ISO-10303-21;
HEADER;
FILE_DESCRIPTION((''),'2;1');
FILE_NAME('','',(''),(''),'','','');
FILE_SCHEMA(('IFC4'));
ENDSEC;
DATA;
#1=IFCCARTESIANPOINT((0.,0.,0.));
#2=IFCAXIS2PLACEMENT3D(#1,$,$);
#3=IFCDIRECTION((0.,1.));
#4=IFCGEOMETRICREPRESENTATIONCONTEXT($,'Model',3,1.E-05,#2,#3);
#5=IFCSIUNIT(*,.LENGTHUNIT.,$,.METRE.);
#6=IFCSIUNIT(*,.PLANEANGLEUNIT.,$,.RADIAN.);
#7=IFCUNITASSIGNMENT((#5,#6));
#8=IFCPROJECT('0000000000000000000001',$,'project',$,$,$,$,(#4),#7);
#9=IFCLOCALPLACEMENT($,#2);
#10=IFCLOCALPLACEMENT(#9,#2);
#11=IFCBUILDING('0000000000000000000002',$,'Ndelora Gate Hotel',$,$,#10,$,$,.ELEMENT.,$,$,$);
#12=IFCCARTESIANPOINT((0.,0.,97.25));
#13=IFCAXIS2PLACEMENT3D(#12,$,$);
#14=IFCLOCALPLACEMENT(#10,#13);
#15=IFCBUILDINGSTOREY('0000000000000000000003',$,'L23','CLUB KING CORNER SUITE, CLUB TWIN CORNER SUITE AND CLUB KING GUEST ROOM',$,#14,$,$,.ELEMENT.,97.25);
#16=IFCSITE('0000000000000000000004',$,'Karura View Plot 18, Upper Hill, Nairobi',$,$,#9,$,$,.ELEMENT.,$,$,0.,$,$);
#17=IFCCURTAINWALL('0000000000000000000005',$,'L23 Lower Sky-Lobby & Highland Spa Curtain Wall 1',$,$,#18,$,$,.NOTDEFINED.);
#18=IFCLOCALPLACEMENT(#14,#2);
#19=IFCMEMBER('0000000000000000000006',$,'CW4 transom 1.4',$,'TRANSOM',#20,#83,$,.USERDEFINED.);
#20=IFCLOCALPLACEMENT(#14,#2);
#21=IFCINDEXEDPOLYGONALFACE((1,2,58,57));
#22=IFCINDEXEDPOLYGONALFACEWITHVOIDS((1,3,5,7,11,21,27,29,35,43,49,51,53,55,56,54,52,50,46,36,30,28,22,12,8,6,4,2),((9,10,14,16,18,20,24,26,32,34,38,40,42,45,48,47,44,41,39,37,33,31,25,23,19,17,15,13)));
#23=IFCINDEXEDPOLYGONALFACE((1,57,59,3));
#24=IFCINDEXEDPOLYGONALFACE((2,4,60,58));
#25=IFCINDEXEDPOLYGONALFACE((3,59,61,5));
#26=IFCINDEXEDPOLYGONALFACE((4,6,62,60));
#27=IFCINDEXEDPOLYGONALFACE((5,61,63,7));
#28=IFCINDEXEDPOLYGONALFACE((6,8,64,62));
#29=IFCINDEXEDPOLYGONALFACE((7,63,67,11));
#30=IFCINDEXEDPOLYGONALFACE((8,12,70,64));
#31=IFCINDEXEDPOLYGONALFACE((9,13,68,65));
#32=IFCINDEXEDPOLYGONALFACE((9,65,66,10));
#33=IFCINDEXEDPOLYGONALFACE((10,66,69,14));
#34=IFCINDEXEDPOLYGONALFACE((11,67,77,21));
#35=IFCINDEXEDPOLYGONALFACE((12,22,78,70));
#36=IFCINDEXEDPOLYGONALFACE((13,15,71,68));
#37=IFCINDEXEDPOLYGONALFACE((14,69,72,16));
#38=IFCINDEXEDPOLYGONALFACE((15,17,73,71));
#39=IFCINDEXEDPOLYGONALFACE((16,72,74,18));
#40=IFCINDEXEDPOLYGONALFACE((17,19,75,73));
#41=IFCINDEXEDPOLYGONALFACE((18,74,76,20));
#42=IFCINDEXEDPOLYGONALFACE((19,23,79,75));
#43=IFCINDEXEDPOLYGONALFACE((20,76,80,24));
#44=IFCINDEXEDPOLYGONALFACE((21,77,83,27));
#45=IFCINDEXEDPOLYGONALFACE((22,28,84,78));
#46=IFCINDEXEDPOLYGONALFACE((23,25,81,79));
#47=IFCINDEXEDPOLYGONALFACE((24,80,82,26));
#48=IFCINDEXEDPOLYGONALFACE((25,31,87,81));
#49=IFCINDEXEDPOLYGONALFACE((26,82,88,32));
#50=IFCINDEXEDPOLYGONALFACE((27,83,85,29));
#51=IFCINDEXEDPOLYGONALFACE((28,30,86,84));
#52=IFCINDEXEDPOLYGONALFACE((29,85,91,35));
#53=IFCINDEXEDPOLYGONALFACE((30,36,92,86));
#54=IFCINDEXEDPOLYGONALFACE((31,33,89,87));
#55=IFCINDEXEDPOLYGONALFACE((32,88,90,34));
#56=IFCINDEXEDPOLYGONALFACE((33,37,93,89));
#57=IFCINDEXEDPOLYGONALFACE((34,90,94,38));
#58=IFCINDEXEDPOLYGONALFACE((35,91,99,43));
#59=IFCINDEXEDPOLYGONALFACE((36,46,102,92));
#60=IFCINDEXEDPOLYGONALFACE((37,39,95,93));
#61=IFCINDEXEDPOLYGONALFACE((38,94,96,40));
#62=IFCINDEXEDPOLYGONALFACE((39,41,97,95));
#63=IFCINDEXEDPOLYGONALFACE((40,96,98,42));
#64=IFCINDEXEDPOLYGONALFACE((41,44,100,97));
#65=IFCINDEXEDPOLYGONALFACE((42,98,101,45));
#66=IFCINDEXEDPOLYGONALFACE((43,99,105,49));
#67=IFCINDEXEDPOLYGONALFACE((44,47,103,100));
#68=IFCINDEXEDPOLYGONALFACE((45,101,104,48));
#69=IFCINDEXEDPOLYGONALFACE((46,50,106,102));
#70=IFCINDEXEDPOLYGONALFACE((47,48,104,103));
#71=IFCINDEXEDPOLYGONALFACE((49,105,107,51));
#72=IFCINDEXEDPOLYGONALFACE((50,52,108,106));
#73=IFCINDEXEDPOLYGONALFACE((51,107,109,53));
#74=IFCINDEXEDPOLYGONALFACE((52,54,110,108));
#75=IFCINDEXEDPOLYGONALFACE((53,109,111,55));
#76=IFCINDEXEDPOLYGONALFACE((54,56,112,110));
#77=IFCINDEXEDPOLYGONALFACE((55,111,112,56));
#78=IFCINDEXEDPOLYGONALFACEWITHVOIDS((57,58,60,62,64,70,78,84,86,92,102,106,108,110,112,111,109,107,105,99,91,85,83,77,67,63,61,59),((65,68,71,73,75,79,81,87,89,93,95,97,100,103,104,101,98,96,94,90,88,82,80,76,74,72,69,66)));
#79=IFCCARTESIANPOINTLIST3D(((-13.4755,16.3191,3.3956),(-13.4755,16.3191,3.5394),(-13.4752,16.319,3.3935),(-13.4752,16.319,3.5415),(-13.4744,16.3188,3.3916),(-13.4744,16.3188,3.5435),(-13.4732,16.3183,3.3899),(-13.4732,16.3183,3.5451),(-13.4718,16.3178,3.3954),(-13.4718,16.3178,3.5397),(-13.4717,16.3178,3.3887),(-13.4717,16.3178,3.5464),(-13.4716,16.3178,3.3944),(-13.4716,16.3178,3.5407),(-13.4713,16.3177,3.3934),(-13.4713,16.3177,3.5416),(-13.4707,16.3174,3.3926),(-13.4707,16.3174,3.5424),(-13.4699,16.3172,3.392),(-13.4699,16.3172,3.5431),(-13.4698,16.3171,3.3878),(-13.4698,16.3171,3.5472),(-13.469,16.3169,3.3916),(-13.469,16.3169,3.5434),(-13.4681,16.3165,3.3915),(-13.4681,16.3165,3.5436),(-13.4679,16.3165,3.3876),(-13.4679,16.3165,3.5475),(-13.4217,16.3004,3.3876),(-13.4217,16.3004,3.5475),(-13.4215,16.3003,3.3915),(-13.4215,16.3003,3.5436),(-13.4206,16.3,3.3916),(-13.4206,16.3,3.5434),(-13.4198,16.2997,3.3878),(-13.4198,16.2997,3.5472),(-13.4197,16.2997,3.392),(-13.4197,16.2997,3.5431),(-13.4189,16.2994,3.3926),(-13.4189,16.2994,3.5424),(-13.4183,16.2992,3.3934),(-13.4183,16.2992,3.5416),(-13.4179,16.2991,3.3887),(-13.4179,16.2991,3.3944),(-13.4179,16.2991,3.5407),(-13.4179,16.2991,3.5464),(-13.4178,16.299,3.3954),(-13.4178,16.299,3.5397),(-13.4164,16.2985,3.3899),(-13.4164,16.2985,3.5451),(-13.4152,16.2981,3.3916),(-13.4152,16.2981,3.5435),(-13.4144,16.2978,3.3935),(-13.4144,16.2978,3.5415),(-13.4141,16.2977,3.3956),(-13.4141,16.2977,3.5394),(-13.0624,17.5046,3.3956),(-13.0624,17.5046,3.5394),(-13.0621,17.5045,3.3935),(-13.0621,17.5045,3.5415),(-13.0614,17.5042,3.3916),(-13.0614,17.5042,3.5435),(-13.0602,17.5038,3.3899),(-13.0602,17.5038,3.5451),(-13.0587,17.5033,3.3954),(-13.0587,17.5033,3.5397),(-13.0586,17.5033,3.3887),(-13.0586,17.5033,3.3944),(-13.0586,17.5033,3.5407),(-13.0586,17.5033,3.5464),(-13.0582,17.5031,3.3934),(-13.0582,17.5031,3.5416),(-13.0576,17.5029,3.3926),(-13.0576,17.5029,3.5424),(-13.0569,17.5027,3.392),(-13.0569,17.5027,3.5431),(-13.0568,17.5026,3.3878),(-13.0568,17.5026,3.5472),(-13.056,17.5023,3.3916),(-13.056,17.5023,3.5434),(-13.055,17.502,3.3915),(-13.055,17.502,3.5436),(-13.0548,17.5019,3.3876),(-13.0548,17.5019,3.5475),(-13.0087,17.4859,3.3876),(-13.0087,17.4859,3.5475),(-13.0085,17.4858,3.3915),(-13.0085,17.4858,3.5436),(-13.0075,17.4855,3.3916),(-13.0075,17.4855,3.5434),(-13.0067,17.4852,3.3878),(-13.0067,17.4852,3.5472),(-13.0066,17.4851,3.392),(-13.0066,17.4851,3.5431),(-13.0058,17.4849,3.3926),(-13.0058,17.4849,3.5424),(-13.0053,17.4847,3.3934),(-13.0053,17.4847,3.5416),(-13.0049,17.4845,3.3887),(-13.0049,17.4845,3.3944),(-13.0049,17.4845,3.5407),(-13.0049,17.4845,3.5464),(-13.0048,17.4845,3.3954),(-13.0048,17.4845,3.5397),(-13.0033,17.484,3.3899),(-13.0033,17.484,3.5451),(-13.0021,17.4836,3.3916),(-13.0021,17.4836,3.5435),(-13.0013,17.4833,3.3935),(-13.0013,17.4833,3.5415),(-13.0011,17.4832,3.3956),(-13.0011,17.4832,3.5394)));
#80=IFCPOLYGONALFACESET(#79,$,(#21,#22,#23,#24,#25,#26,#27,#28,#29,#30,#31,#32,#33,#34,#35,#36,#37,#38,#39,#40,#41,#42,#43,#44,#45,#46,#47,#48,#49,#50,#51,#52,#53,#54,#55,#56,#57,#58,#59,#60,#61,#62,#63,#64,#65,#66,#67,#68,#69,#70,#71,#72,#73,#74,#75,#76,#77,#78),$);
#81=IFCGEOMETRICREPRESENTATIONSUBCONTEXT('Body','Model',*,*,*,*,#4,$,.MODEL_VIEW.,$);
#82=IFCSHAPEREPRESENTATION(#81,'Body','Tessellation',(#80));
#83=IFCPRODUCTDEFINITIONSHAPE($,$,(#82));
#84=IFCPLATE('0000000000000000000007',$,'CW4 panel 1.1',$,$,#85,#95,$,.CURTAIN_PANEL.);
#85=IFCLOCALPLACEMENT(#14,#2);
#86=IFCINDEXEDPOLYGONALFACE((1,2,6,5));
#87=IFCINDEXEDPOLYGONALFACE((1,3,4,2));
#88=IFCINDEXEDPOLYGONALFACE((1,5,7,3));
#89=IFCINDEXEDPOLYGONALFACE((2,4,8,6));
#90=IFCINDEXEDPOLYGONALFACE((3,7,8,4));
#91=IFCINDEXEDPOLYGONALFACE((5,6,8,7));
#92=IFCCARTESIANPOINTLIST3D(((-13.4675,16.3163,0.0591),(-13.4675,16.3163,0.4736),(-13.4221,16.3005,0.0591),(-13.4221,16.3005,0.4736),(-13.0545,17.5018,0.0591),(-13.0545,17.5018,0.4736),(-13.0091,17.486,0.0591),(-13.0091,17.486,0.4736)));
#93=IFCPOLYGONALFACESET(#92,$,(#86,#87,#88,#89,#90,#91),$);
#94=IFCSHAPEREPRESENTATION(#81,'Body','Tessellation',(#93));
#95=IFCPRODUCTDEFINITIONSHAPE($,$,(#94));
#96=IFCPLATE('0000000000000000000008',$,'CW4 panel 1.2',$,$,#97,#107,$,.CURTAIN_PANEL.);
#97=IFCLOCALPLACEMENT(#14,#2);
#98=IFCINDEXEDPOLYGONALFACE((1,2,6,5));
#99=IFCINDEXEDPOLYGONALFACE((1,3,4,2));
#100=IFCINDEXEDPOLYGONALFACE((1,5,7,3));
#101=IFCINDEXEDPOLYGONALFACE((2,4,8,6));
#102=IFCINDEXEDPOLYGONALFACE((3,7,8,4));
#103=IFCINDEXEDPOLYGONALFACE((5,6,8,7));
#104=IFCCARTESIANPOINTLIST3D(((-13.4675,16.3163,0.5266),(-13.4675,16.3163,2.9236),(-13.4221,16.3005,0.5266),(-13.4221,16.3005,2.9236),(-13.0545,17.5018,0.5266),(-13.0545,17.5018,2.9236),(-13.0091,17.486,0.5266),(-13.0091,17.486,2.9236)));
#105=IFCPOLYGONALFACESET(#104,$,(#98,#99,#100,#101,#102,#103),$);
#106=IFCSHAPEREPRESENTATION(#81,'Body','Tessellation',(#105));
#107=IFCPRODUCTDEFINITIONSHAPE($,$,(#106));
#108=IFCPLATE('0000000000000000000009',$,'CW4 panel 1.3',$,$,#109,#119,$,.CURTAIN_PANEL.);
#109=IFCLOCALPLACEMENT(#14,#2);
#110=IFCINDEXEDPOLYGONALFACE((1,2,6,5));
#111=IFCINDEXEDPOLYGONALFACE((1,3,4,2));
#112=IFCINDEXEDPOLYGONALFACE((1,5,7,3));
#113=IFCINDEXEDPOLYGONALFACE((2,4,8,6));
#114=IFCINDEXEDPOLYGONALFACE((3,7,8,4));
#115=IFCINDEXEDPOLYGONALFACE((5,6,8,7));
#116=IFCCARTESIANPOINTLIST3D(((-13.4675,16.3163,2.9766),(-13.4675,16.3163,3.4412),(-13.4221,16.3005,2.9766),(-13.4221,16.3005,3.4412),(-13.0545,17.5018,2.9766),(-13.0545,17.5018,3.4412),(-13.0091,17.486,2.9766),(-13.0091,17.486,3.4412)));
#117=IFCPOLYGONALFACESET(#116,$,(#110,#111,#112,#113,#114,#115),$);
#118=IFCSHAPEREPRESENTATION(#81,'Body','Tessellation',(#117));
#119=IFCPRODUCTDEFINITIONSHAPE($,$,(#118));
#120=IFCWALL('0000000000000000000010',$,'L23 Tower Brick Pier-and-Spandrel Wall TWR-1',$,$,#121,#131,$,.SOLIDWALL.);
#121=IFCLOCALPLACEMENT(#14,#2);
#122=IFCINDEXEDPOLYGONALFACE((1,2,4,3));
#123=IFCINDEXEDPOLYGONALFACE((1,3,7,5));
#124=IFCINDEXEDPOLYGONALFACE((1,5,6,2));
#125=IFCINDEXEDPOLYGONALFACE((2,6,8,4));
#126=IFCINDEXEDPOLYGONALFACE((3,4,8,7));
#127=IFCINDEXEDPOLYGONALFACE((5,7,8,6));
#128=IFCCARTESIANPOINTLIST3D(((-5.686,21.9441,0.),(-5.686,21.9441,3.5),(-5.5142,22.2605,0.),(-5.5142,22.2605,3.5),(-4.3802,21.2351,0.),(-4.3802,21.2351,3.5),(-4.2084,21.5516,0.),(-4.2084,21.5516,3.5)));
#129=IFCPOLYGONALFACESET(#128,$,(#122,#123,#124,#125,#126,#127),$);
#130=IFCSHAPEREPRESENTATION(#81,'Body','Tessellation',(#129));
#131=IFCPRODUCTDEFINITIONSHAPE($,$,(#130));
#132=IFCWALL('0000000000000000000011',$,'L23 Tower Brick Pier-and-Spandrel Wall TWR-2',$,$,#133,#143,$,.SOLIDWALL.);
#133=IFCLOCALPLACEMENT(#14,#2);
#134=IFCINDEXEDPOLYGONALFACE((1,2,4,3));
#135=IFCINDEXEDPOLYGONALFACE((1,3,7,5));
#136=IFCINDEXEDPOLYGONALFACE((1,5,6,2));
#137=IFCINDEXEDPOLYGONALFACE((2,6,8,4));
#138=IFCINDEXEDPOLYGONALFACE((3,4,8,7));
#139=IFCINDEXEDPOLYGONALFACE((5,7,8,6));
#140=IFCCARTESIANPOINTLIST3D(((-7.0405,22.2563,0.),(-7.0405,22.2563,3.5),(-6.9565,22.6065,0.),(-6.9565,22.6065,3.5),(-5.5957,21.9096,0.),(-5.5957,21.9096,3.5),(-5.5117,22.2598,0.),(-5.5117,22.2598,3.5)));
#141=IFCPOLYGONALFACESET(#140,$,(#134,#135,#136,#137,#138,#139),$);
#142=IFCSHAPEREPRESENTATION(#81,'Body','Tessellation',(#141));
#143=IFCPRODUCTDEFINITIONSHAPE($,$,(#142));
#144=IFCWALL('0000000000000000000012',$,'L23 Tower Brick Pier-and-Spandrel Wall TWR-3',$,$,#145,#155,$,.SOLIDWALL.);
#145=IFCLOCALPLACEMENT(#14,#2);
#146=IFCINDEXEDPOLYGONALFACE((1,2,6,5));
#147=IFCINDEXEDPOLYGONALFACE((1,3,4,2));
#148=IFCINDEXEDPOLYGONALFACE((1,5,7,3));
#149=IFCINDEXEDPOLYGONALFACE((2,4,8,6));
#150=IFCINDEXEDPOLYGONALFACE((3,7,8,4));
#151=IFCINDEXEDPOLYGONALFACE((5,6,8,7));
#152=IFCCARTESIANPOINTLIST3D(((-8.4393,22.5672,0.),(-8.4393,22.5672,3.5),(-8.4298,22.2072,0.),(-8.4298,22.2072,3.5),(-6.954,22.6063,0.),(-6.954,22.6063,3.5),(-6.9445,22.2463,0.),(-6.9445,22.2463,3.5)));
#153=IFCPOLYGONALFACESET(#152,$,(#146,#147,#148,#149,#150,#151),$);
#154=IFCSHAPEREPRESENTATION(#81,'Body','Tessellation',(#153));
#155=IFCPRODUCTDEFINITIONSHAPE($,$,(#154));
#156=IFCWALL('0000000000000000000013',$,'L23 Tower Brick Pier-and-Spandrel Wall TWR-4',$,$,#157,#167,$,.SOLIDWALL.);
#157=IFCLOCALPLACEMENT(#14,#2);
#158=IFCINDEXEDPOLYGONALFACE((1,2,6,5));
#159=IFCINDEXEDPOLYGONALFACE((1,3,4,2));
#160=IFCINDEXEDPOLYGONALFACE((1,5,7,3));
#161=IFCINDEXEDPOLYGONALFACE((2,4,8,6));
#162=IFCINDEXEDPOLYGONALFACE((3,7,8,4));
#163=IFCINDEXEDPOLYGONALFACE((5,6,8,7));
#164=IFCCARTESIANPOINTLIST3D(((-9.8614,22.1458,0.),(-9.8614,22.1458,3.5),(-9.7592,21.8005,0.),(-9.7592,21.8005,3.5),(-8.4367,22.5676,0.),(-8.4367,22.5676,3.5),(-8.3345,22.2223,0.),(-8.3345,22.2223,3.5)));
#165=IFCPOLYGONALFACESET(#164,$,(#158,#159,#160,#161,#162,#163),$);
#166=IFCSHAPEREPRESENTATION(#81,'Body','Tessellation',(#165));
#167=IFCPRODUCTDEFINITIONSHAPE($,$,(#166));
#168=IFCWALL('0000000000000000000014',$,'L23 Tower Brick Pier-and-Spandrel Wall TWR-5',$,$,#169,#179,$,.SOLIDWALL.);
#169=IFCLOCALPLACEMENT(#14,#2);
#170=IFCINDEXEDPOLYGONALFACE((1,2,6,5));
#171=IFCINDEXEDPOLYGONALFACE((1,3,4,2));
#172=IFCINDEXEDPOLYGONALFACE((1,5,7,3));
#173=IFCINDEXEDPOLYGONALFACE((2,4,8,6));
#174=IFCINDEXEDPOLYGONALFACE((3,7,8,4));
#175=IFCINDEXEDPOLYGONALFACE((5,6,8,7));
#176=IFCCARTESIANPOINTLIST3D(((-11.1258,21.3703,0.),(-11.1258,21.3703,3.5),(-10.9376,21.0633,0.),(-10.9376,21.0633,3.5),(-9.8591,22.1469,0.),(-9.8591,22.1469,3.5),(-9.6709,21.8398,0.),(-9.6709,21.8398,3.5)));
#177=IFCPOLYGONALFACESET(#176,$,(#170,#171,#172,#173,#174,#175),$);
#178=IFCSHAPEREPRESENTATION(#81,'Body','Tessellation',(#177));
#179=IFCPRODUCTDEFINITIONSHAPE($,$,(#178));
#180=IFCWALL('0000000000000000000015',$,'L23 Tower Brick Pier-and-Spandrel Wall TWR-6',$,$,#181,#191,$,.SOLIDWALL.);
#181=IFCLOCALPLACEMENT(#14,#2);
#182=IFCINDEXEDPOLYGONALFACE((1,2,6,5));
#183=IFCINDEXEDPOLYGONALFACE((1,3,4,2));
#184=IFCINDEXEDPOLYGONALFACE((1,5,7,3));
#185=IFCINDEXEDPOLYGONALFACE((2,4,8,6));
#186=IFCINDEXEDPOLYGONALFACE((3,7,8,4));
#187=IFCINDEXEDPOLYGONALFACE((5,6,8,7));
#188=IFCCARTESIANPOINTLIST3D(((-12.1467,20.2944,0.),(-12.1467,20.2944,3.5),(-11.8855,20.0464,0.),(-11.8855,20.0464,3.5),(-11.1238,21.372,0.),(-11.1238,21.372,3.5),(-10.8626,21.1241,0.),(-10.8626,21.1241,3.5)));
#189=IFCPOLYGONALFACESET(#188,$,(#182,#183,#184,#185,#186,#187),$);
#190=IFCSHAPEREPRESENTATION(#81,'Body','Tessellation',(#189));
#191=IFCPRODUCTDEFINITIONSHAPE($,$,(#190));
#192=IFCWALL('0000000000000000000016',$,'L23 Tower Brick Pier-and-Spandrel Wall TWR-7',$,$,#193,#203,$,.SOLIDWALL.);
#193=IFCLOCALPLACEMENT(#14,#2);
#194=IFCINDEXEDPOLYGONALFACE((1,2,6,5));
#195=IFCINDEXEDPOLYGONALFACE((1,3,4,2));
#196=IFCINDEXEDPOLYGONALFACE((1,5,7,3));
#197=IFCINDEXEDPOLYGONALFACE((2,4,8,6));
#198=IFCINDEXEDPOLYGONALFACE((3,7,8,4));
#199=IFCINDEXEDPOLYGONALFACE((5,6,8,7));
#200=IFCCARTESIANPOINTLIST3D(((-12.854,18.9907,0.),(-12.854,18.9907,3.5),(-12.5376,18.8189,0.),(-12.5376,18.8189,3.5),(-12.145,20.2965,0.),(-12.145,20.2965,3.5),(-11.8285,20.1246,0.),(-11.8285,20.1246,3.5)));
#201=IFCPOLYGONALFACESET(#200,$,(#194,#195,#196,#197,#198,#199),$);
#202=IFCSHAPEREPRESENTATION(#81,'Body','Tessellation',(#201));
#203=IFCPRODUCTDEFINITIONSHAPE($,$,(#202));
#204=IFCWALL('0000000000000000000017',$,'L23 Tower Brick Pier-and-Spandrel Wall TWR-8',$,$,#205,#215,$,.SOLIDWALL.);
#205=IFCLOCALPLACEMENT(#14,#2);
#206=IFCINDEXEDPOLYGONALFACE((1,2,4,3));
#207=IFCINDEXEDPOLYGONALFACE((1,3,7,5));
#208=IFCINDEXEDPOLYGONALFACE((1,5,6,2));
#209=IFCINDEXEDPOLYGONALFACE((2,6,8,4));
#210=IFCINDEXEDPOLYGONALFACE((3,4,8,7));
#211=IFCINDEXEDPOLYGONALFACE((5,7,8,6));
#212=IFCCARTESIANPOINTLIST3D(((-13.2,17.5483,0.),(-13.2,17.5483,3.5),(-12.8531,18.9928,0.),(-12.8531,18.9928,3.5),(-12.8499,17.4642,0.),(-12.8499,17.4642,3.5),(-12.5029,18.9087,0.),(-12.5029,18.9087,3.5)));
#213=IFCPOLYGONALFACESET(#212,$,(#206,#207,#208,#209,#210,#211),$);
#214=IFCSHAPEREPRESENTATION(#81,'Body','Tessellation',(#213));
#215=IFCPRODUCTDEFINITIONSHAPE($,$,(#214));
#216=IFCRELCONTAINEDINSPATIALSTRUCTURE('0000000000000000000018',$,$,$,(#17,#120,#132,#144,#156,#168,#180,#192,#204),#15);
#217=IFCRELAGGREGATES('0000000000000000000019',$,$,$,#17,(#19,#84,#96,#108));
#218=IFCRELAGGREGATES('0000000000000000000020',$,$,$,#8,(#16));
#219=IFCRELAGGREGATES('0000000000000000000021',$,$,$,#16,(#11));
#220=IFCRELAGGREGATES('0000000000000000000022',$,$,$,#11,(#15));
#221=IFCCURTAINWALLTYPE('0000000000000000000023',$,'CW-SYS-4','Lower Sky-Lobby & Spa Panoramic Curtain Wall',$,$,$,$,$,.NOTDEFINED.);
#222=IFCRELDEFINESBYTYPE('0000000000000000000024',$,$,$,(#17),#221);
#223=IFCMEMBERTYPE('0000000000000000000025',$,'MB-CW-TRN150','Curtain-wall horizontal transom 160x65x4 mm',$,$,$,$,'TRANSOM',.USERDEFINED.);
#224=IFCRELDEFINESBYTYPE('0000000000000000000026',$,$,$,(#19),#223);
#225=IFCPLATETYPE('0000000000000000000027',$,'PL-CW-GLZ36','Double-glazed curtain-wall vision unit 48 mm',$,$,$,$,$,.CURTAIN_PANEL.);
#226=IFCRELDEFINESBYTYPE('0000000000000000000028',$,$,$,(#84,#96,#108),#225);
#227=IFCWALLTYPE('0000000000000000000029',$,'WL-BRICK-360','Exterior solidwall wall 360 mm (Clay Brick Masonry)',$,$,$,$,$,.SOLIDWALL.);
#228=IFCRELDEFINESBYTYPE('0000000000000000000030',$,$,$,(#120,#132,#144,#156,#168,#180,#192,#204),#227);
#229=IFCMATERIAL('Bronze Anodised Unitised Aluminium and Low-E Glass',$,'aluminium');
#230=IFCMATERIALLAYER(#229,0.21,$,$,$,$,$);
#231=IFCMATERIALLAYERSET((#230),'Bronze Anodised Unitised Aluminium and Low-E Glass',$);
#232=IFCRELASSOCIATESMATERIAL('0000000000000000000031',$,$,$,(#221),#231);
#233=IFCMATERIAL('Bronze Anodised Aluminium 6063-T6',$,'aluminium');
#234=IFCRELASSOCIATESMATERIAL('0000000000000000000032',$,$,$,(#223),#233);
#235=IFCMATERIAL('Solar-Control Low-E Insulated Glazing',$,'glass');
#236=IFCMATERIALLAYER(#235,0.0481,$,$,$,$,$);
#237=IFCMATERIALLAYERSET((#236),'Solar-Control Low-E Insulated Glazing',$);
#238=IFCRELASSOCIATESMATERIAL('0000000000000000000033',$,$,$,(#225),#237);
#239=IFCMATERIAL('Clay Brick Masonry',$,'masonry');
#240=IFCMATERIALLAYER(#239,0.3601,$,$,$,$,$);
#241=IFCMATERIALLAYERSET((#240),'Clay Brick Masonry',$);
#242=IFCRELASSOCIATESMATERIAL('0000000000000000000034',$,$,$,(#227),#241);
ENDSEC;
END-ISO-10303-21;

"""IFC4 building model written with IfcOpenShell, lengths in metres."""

from ifc_helpers import new_model, si_unit, direction, frame, frame_2d, origin, origin_2d, place, context, subcontext, project, spatial, rectangle, hollow_rectangle, extrude, material, layer, layer_set, material_profile, profile_set, type_object, element, aggregate, save


model = new_model("IFC4")

# Units and contexts
model_context = context("Model", 3, precision=1e-05, world=origin(), true_north=direction((0.0, 1.0)))
body_context = subcontext(model_context, "Body", "Model", "MODEL_VIEW")
ifc_project = project(units=[si_unit("LENGTHUNIT", "METRE"), si_unit("PLANEANGLEUNIT", "RADIAN")], contexts=[model_context])

# Site, building, storey
site_placement = place(None, origin())
site = spatial("IfcSite", under=ifc_project, at=site_placement, Name="Karura View Plot 18, Upper Hill, Nairobi", CompositionType="ELEMENT", RefElevation=0.0)
building_placement = place(site_placement, origin())
building = spatial("IfcBuilding", under=site, at=building_placement, Name="Ndelora Gate Hotel", CompositionType="ELEMENT")
storey_placement = place(building_placement, frame((0.0, 0.0, 97.25)))
storey = spatial("IfcBuildingStorey", under=building, at=storey_placement, Name="L23", Description="CLUB KING CORNER SUITE, CLUB TWIN CORNER SUITE AND CLUB KING GUEST ROOM", CompositionType="ELEMENT", Elevation=97.25)

# Curtain wall, member, plates
ifc_material_1 = material(Name="Bronze Anodised Unitised Aluminium and Low-E Glass", Category="aluminium")
ifc_layer_1 = layer(ifc_material_1, 0.21)
ifc_layer_set_1 = layer_set([ifc_layer_1], Name="Bronze Anodised Unitised Aluminium and Low-E Glass")
curtain_wall_type = type_object("IfcCurtainWallType", Name="CW-SYS-4", Description="Lower Sky-Lobby & Spa Panoramic Curtain Wall", PredefinedType="NOTDEFINED", material=ifc_layer_set_1)
curtain_wall_placement = place(storey_placement, origin())
curtain_wall = element("IfcCurtainWall", 1, at=curtain_wall_placement, inside=storey, type_object=curtain_wall_type, Name="L23 Lower Sky-Lobby & Highland Spa Curtain Wall 1", PredefinedType="NOTDEFINED")
ifc_material_2 = material(Name="Bronze Anodised Aluminium 6063-T6", Category="aluminium")
ifc_material_profile_1 = material_profile(ifc_material_2, hollow_rectangle(XDim=0.0649, YDim=0.1599, WallThickness=0.0039, InnerFilletRadius=0.0039, OuterFilletRadius=0.0081, at=origin_2d()), Name="ALU 160x65x4")
ifc_profile_set_1 = profile_set([ifc_material_profile_1], Name="Bronze Anodised Aluminium 6063-T6")
member_type_1 = type_object("IfcMemberType", Name="MB-CW-TRN150", Description="Curtain-wall horizontal transom 160x65x4 mm", ElementType="TRANSOM", PredefinedType="USERDEFINED", material=ifc_profile_set_1)
member_1_placement = place(storey_placement, frame((-13.0317, 17.4939, 3.4675), z_axis=(-0.329033, -0.944318, 0.0), x_axis=(0.944318, -0.329033, 0.0)))
member_1 = element("IfcMember", 2, at=member_1_placement, type_object=member_type_1, Name="CW4 transom 1.4", ObjectType="TRANSOM", PredefinedType="USERDEFINED", context=body_context, shape_type="SweptSolid", body=[
    extrude(hollow_rectangle(XDim=0.0649, YDim=0.1599, WallThickness=0.0039, InnerFilletRadius=0.0039, OuterFilletRadius=0.0081, at=origin_2d()), origin(), (0.0, 0.0, 1.0), 1.2554),
])
ifc_material_3 = material(Name="Solar-Control Low-E Insulated Glazing", Category="glass")
ifc_layer_2 = layer(ifc_material_3, 0.0481)
ifc_layer_set_2 = layer_set([ifc_layer_2], Name="Solar-Control Low-E Insulated Glazing")
plate_type = type_object("IfcPlateType", Name="PL-CW-GLZ36", Description="Double-glazed curtain-wall vision unit 48 mm", PredefinedType="CURTAIN_PANEL", material=ifc_layer_set_2)
plate_1_placement = place(storey_placement, frame((-13.2383, 16.9011, 0.0591), z_axis=(0.0, 0.0, 1.0), x_axis=(-0.329008, -0.944327, 0.0)))
plate_1 = element("IfcPlate", 3, at=plate_1_placement, type_object=plate_type, Name="CW4 panel 1.1", PredefinedType="CURTAIN_PANEL", context=body_context, shape_type="SweptSolid", body=[
    extrude(rectangle(XDim=1.2554, YDim=0.0481, at=origin_2d()), origin(), (0.0, 0.0, 1.0), 0.4146),
])
plate_2_placement = place(storey_placement, frame((-13.2383, 16.9011, 0.5266), z_axis=(0.0, 0.0, 1.0), x_axis=(-0.329008, -0.944327, 0.0)))
plate_2 = element("IfcPlate", 4, at=plate_2_placement, type_object=plate_type, Name="CW4 panel 1.2", PredefinedType="CURTAIN_PANEL", context=body_context, shape_type="SweptSolid", body=[
    extrude(rectangle(XDim=1.2554, YDim=0.0481, at=origin_2d()), origin(), (0.0, 0.0, 1.0), 2.397),
])
plate_3_placement = place(storey_placement, frame((-13.2383, 16.9011, 2.9766), z_axis=(0.0, 0.0, 1.0), x_axis=(-0.329008, -0.944327, 0.0)))
plate_3 = element("IfcPlate", 5, at=plate_3_placement, type_object=plate_type, Name="CW4 panel 1.3", PredefinedType="CURTAIN_PANEL", context=body_context, shape_type="SweptSolid", body=[
    extrude(rectangle(XDim=1.2554, YDim=0.0481, at=origin_2d()), origin(), (0.0, 0.0, 1.0), 0.4646),
])
aggregate(curtain_wall, [member_1, plate_1, plate_2, plate_3])

# Walls
ifc_material_4 = material(Name="Clay Brick Masonry", Category="masonry")
ifc_layer_3 = layer(ifc_material_4, 0.3601)
ifc_layer_set_3 = layer_set([ifc_layer_3], Name="Clay Brick Masonry")
wall_type = type_object("IfcWallType", Name="WL-BRICK-360", Description="Exterior solidwall wall 360 mm (Clay Brick Masonry)", PredefinedType="SOLIDWALL", material=ifc_layer_set_3)
for number, where, z_axis, x_axis, name in (
    (6, (-5.6001, 22.1023, 0.0), (0.0, 0.0, 1.0), (0.878836, -0.477124, 0.0), "L23 Tower Brick Pier-and-Spandrel Wall TWR-1"),
    (7, (-6.9985, 22.4314, 0.0), (0.0, 0.0, 1.0), (0.972399, -0.233323, 0.0), "L23 Tower Brick Pier-and-Spandrel Wall TWR-2"),
    (8, (-8.4346, 22.3872, 0.0), (0.0, 0.0, 1.0), (0.999654, 0.026289, 0.0), "L23 Tower Brick Pier-and-Spandrel Wall TWR-3"),
    (9, (-9.8103, 21.9731, 0.0), (0.0, 0.0, 1.0), (0.958851, 0.283909, 0.0), "L23 Tower Brick Pier-and-Spandrel Wall TWR-4"),
    (10, (-11.0317, 21.2168, 0.0), (0.0, 0.0, 1.0), (0.852554, 0.522639, 0.0), "L23 Tower Brick Pier-and-Spandrel Wall TWR-5"),
    (11, (-12.0161, 20.1704, 0.0), (0.0, 0.0, 1.0), (0.688464, 0.72527, 0.0), "L23 Tower Brick Pier-and-Spandrel Wall TWR-6"),
    (12, (-12.6958, 18.9048, 0.0), (0.0, 0.0, 1.0), (0.477193, 0.878798, 0.0), "L23 Tower Brick Pier-and-Spandrel Wall TWR-7"),
):
    element("IfcWall", number, at=place(storey_placement, frame(where, z_axis=z_axis, x_axis=x_axis)), inside=storey, type_object=wall_type, Name=name, PredefinedType="SOLIDWALL", context=body_context, shape_type="SweptSolid", body=[
        extrude(rectangle(XDim=1.4858, YDim=0.3601, at=frame_2d((0.7429, 0.0))), origin(), (0.0, 0.0, 1.0), 3.5),
    ])
wall_1_placement = place(storey_placement, frame((-13.0249, 17.5063, 0.0), z_axis=(0.0, 0.0, 1.0), x_axis=(0.233516, 0.972353, 0.0)))
element("IfcWall", 13, at=wall_1_placement, inside=storey, type_object=wall_type, Name="L23 Tower Brick Pier-and-Spandrel Wall TWR-8", PredefinedType="SOLIDWALL", context=body_context, shape_type="SweptSolid", body=[
    extrude(rectangle(XDim=1.4856, YDim=0.3601, at=frame_2d((0.7427, 0.0))), origin(), (0.0, 0.0, 1.0), 3.5),
])

save(model, "model.ifc")
